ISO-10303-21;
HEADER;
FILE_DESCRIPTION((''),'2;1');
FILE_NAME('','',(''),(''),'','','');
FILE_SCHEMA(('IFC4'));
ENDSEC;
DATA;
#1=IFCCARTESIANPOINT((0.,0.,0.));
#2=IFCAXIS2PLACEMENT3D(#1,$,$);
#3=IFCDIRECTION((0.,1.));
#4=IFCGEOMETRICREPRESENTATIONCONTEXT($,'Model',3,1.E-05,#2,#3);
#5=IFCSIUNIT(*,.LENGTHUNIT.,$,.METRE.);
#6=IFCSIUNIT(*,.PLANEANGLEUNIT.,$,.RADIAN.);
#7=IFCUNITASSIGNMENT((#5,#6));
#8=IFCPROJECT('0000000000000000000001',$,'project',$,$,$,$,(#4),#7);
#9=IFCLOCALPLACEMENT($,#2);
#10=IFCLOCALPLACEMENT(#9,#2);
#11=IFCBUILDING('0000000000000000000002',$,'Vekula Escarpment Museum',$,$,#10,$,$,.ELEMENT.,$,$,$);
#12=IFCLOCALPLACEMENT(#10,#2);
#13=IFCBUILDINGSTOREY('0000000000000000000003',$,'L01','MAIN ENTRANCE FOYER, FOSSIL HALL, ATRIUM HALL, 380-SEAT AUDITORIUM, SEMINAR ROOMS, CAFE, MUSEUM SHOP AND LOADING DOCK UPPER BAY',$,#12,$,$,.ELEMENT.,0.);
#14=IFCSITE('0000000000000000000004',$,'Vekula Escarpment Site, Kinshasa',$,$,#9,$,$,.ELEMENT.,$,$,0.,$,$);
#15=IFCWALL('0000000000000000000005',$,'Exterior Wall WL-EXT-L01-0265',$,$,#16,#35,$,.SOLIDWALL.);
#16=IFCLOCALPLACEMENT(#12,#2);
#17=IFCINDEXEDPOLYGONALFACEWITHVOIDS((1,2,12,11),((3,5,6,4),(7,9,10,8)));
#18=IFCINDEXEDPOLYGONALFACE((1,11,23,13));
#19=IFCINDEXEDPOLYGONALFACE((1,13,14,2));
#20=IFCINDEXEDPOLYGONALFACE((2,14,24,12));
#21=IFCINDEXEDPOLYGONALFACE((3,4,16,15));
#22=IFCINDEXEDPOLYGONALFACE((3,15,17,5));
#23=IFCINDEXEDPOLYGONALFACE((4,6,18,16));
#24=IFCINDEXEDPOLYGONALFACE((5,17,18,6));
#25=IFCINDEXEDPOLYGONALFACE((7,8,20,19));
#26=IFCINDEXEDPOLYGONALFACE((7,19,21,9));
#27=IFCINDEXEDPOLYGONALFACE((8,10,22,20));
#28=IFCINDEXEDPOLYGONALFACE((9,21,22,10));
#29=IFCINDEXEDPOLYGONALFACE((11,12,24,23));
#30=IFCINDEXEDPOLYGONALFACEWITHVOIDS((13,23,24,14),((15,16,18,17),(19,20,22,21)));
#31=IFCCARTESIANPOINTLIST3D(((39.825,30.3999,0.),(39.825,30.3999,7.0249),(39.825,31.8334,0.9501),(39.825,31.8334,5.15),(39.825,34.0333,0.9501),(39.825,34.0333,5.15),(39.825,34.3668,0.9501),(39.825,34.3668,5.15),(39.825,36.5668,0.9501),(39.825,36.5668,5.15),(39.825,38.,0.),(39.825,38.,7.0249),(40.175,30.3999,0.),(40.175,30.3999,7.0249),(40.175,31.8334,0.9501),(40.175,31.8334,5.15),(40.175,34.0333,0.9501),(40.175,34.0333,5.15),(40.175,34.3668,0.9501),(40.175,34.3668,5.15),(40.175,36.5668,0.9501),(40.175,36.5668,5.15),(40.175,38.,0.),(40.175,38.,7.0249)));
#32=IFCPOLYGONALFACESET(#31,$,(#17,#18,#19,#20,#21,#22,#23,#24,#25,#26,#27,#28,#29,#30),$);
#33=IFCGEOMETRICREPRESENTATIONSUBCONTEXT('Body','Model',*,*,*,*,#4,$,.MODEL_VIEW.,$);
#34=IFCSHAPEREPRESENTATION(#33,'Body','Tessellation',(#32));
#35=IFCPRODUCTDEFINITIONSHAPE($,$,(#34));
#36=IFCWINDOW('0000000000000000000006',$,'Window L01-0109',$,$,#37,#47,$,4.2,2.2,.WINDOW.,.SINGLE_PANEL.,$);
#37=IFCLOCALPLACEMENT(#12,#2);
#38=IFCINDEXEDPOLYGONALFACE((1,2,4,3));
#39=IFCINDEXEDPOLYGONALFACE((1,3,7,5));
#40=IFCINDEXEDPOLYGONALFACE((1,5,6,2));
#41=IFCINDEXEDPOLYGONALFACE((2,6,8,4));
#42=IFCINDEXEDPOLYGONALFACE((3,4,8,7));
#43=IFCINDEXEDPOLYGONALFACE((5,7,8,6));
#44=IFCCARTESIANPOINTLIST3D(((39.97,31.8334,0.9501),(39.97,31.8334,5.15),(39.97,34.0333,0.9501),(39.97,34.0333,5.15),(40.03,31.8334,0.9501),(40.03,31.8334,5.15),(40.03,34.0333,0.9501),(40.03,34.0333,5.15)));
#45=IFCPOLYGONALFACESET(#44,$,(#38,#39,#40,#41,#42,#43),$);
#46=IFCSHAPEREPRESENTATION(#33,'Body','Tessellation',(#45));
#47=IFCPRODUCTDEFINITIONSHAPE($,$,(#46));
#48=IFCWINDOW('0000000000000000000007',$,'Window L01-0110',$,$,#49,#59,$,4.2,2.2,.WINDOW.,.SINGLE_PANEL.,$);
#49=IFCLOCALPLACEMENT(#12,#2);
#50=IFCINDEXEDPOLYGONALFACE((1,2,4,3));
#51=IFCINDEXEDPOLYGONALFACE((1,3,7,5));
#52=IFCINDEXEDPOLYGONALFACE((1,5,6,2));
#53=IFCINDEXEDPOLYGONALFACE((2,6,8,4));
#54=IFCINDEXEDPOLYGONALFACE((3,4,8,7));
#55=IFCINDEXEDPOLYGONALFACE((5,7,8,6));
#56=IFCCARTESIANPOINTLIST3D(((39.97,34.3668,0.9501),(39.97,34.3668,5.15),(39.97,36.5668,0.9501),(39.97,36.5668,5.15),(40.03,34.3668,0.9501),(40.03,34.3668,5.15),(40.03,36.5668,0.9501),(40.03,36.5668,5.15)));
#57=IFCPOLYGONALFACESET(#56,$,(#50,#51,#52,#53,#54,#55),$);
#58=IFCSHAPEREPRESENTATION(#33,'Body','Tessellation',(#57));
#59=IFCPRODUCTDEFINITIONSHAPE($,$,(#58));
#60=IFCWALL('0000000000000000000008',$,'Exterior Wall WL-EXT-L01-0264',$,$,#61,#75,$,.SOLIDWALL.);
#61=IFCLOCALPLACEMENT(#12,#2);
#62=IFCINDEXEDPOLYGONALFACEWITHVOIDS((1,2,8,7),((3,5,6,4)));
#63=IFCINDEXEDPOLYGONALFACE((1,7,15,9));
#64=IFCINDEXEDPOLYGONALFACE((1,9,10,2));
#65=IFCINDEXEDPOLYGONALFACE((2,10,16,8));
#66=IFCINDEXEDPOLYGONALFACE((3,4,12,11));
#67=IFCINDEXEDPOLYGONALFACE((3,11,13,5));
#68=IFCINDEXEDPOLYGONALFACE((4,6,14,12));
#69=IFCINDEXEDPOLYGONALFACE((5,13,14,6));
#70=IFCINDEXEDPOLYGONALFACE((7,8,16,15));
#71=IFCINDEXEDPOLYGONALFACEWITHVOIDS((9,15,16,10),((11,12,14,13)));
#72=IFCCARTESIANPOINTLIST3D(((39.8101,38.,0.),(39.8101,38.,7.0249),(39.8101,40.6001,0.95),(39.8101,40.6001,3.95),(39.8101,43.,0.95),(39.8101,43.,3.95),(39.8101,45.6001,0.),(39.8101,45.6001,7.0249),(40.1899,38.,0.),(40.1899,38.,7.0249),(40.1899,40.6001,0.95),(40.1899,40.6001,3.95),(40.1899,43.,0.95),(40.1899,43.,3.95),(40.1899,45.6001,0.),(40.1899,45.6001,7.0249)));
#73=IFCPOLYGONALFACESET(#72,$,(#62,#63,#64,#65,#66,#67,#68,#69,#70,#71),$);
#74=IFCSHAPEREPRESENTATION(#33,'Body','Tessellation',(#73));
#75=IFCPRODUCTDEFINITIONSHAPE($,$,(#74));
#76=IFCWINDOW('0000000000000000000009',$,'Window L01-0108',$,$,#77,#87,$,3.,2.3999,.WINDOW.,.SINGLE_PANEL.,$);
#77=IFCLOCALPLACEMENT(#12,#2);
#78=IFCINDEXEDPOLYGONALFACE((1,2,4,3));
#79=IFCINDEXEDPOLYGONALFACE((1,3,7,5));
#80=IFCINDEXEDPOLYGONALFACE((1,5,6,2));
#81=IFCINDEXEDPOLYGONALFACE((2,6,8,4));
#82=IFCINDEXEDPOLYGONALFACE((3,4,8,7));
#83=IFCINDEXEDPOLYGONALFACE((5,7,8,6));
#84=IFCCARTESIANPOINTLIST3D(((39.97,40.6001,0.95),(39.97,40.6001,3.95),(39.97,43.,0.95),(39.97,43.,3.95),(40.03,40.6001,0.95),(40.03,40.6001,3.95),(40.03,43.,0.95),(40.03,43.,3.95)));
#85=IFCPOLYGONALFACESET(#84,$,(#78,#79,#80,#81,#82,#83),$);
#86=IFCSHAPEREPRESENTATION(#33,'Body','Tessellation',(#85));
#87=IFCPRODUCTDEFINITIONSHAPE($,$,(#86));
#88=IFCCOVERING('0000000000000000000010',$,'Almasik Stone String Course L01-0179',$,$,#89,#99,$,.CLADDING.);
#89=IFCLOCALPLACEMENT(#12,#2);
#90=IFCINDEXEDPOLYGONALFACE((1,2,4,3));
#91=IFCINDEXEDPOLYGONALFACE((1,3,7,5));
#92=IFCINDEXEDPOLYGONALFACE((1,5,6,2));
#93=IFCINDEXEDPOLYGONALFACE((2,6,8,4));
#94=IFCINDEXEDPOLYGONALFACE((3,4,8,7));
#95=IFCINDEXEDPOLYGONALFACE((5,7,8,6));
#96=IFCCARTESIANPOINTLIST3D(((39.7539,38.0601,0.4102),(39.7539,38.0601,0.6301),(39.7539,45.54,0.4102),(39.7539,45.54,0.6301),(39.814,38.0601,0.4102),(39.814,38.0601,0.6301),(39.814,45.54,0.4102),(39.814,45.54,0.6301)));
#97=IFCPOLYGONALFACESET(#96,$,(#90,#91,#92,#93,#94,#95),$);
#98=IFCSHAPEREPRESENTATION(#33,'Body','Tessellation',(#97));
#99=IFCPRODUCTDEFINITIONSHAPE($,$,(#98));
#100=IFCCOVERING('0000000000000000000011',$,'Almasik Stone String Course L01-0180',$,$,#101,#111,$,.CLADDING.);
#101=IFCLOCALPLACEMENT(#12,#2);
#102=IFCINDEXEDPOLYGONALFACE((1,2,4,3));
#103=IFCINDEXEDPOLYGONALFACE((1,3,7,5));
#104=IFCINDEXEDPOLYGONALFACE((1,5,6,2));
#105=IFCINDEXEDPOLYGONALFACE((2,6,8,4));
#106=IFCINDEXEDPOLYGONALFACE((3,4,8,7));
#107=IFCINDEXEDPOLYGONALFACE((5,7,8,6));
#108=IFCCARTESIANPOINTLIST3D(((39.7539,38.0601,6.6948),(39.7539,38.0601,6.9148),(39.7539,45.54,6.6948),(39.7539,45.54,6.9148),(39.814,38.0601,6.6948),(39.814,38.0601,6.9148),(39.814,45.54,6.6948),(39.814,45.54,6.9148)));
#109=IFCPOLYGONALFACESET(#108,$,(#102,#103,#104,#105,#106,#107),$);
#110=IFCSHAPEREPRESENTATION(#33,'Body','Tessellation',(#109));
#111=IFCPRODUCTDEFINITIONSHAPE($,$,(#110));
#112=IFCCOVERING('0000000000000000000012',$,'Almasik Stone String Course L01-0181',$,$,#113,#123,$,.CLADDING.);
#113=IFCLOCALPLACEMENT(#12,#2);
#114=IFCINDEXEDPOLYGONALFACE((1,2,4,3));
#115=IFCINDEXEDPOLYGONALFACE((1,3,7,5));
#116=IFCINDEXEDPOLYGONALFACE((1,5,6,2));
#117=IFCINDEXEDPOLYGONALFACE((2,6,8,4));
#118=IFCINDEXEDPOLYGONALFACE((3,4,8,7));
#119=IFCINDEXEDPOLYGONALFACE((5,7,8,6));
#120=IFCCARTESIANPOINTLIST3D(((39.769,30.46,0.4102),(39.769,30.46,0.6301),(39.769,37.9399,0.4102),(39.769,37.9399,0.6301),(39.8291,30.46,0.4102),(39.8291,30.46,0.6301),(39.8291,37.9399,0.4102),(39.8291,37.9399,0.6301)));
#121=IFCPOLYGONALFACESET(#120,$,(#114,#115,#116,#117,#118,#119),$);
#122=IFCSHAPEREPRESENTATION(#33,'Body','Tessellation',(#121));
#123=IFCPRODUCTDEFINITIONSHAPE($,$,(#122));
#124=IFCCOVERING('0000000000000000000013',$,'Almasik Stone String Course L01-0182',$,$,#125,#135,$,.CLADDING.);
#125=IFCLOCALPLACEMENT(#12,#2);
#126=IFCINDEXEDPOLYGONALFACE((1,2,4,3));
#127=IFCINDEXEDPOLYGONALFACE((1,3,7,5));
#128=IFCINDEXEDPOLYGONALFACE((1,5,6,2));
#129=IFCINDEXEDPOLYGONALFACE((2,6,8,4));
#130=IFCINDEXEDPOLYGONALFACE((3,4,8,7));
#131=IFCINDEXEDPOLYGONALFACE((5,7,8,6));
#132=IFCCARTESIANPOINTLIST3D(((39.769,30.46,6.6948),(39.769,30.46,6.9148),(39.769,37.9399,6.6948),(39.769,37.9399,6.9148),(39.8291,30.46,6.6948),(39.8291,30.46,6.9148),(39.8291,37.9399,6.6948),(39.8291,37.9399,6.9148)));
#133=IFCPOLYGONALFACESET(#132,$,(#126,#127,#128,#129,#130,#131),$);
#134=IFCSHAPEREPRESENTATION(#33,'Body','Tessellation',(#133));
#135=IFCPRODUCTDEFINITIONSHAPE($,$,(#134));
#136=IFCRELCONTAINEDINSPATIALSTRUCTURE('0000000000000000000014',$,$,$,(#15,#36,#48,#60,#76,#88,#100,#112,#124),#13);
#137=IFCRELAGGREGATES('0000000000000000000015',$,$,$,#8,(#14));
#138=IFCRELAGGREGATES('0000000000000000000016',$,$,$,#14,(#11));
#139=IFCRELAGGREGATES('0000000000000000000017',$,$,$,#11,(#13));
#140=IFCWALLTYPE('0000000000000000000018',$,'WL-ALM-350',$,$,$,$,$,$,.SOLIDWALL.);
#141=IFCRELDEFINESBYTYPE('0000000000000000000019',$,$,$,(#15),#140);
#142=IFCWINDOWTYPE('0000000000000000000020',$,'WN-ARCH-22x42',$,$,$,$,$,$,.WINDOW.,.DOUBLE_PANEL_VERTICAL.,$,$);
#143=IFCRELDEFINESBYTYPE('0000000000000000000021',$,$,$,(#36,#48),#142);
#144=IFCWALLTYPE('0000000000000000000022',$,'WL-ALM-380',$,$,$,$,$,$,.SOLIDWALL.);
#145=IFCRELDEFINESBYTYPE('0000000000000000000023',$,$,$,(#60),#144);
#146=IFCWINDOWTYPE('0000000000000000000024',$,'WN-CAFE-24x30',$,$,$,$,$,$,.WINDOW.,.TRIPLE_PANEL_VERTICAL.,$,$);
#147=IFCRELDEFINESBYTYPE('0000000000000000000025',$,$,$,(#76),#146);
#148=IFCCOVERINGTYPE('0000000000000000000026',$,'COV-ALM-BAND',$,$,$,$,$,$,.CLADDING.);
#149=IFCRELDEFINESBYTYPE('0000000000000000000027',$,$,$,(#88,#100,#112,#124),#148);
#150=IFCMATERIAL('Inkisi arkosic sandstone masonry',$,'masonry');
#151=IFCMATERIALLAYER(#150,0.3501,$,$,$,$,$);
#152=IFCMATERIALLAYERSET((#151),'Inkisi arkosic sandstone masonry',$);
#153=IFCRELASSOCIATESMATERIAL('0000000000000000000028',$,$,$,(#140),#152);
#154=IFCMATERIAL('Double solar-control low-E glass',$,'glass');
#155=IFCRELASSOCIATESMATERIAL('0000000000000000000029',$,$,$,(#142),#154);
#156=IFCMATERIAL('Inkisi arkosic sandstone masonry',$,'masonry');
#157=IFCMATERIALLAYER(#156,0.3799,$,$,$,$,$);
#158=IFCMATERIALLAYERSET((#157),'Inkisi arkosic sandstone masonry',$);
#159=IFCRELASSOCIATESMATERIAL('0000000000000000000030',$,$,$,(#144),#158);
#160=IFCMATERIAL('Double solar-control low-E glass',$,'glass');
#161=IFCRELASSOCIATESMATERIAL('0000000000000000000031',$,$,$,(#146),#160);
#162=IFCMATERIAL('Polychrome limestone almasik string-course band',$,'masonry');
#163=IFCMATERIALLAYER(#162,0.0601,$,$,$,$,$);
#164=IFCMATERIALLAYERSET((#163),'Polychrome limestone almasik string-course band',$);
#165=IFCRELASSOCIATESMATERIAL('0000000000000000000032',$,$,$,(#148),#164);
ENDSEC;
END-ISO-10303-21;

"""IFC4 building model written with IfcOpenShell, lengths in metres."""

from ifc_helpers import new_model, si_unit, direction, frame, frame_2d, origin, origin_2d, place, context, subcontext, project, spatial, rectangle, extrude, material, layer, layer_set, type_object, element, fill, save


model = new_model("IFC4")

# Units and contexts
model_context = context("Model", 3, precision=1e-05, world=origin(), true_north=direction((0.0, 1.0)))
body_context = subcontext(model_context, "Body", "Model", "MODEL_VIEW")
ifc_project = project(units=[si_unit("LENGTHUNIT", "METRE"), si_unit("PLANEANGLEUNIT", "RADIAN")], contexts=[model_context])

# Site, building, storey
site_placement = place(None, origin())
site = spatial("IfcSite", under=ifc_project, at=site_placement, Name="Vekula Escarpment Site, Kinshasa", CompositionType="ELEMENT", RefElevation=0.0)
building_placement = place(site_placement, origin())
building = spatial("IfcBuilding", under=site, at=building_placement, Name="Vekula Escarpment Museum", CompositionType="ELEMENT")
storey_placement = place(building_placement, origin())
storey = spatial("IfcBuildingStorey", under=building, at=storey_placement, Name="L01", Description="MAIN ENTRANCE FOYER, FOSSIL HALL, ATRIUM HALL, 380-SEAT AUDITORIUM, SEMINAR ROOMS, CAFE, MUSEUM SHOP AND LOADING DOCK UPPER BAY", CompositionType="ELEMENT", Elevation=0.0)

# Wall, openings, windows
ifc_material_1 = material(Name="Inkisi arkosic sandstone masonry", Category="masonry")
ifc_layer_1 = layer(ifc_material_1, 0.3501)
ifc_layer_set_1 = layer_set([ifc_layer_1], Name="Inkisi arkosic sandstone masonry")
wall_type_1 = type_object("IfcWallType", Name="WL-ALM-350", PredefinedType="SOLIDWALL", material=ifc_layer_set_1)
wall_1_placement = place(storey_placement, frame((40.0, 30.3999, 0.0), z_axis=(0.0, 0.0, 1.0), x_axis=(0.0, 1.0, 0.0)))
wall_1 = element("IfcWall", 1, at=wall_1_placement, inside=storey, type_object=wall_type_1, Name="Exterior Wall WL-EXT-L01-0265", PredefinedType="SOLIDWALL", context=body_context, shape_type="SweptSolid", body=[
    extrude(rectangle(XDim=7.6001, YDim=0.3501, at=frame_2d((3.8, 0.0))), origin(), (0.0, 0.0, 1.0), 7.0249),
])
opening_1_placement = place(wall_1_placement, frame((1.4333, 0.0, 0.95)))
opening_1 = element("IfcOpeningElement", 2, at=opening_1_placement, cuts=wall_1, PredefinedType="OPENING", context=body_context, shape_type="SweptSolid", body=[
    extrude(rectangle(XDim=2.2, YDim=4.2, at=frame_2d((1.1001, 2.1001))), frame((0.0, 0.1851, 0.0), z_axis=(0.0, -1.0, 0.0), x_axis=(1.0, 0.0, 0.0)), (0.0, 0.0, 1.0), 0.3701),
])
opening_2_placement = place(wall_1_placement, frame((3.9668, 0.0, 0.95)))
opening_2 = element("IfcOpeningElement", 3, at=opening_2_placement, cuts=wall_1, PredefinedType="OPENING", context=body_context, shape_type="SweptSolid", body=[
    extrude(rectangle(XDim=2.2, YDim=4.2, at=frame_2d((1.1001, 2.1001))), frame((0.0, 0.1851, 0.0), z_axis=(0.0, -1.0, 0.0), x_axis=(1.0, 0.0, 0.0)), (0.0, 0.0, 1.0), 0.3701),
])
ifc_material_2 = material(Name="Double solar-control low-E glass", Category="glass")
window_type_1 = type_object("IfcWindowType", Name="WN-ARCH-22x42", PartitioningType="DOUBLE_PANEL_VERTICAL", PredefinedType="WINDOW", material=ifc_material_2)
window_1_placement = place(opening_1_placement, origin())
window_1 = element("IfcWindow", 4, at=window_1_placement, inside=storey, type_object=window_type_1, Name="Window L01-0109", OverallHeight=4.2, OverallWidth=2.2, PartitioningType="SINGLE_PANEL", PredefinedType="WINDOW", context=body_context, shape_type="SweptSolid", body=[
    extrude(rectangle(XDim=2.2, YDim=4.2, at=frame_2d((1.1001, 2.1001))), frame((0.0, 0.03, 0.0), z_axis=(0.0, -1.0, 0.0), x_axis=(1.0, 0.0, 0.0)), (0.0, 0.0, 1.0), 0.0601),
])
fill(opening_1, window_1)
window_2_placement = place(opening_2_placement, origin())
window_2 = element("IfcWindow", 5, at=window_2_placement, inside=storey, type_object=window_type_1, Name="Window L01-0110", OverallHeight=4.2, OverallWidth=2.2, PartitioningType="SINGLE_PANEL", PredefinedType="WINDOW", context=body_context, shape_type="SweptSolid", body=[
    extrude(rectangle(XDim=2.2, YDim=4.2, at=frame_2d((1.1001, 2.1001))), frame((0.0, 0.03, 0.0), z_axis=(0.0, -1.0, 0.0), x_axis=(1.0, 0.0, 0.0)), (0.0, 0.0, 1.0), 0.0601),
])
fill(opening_2, window_2)

# Wall, opening, window
ifc_material_3 = material(Name="Inkisi arkosic sandstone masonry", Category="masonry")
ifc_layer_2 = layer(ifc_material_3, 0.3799)
ifc_layer_set_2 = layer_set([ifc_layer_2], Name="Inkisi arkosic sandstone masonry")
wall_type_2 = type_object("IfcWallType", Name="WL-ALM-380", PredefinedType="SOLIDWALL", material=ifc_layer_set_2)
wall_2_placement = place(storey_placement, frame((40.0, 38.0, 0.0), z_axis=(0.0, 0.0, 1.0), x_axis=(0.0, 1.0, 0.0)))
wall_2 = element("IfcWall", 6, at=wall_2_placement, inside=storey, type_object=wall_type_2, Name="Exterior Wall WL-EXT-L01-0264", PredefinedType="SOLIDWALL", context=body_context, shape_type="SweptSolid", body=[
    extrude(rectangle(XDim=7.6001, YDim=0.3799, at=frame_2d((3.8, 0.0))), origin(), (0.0, 0.0, 1.0), 7.0249),
])
opening_3_placement = place(wall_2_placement, frame((2.6001, 0.0, 0.95)))
opening_3 = element("IfcOpeningElement", 7, at=opening_3_placement, cuts=wall_2, PredefinedType="OPENING", context=body_context, shape_type="SweptSolid", body=[
    extrude(rectangle(XDim=2.3999, YDim=3.0, at=frame_2d((1.2, 1.5))), frame((0.0, 0.2, 0.0), z_axis=(0.0, -1.0, 0.0), x_axis=(1.0, 0.0, 0.0)), (0.0, 0.0, 1.0), 0.3999),
])
ifc_material_4 = material(Name="Double solar-control low-E glass", Category="glass")
window_type_2 = type_object("IfcWindowType", Name="WN-CAFE-24x30", PartitioningType="TRIPLE_PANEL_VERTICAL", PredefinedType="WINDOW", material=ifc_material_4)
window_3_placement = place(opening_3_placement, origin())
window_3 = element("IfcWindow", 8, at=window_3_placement, inside=storey, type_object=window_type_2, Name="Window L01-0108", OverallHeight=3.0, OverallWidth=2.3999, PartitioningType="SINGLE_PANEL", PredefinedType="WINDOW", context=body_context, shape_type="SweptSolid", body=[
    extrude(rectangle(XDim=2.3999, YDim=3.0, at=frame_2d((1.2, 1.5))), frame((0.0, 0.03, 0.0), z_axis=(0.0, -1.0, 0.0), x_axis=(1.0, 0.0, 0.0)), (0.0, 0.0, 1.0), 0.0601),
])
fill(opening_3, window_3)

# Coverings
ifc_material_5 = material(Name="Polychrome limestone almasik string-course band", Category="masonry")
ifc_layer_3 = layer(ifc_material_5, 0.0601)
ifc_layer_set_3 = layer_set([ifc_layer_3], Name="Polychrome limestone almasik string-course band")
covering_type = type_object("IfcCoveringType", Name="COV-ALM-BAND", PredefinedType="CLADDING", material=ifc_layer_set_3)
for number, where, z_axis, x_axis, name in (
    (9, (39.7839, 41.8, 0.4102), (0.0, 0.0, 1.0), (0.0, 1.0, 0.0), "Almasik Stone String Course L01-0179"),
    (10, (39.7839, 41.8, 6.6948), (0.0, 0.0, 1.0), (0.0, 1.0, 0.0), "Almasik Stone String Course L01-0180"),
    (11, (39.7991, 34.2, 0.4102), (0.0, 0.0, 1.0), (0.0, 1.0, 0.0), "Almasik Stone String Course L01-0181"),
    (12, (39.7991, 34.2, 6.6948), (0.0, 0.0, 1.0), (0.0, 1.0, 0.0), "Almasik Stone String Course L01-0182"),
):
    element("IfcCovering", number, at=place(storey_placement, frame(where, z_axis=z_axis, x_axis=x_axis)), inside=storey, type_object=covering_type, Name=name, PredefinedType="CLADDING", context=body_context, shape_type="SweptSolid", body=[
        extrude(rectangle(XDim=7.48, YDim=0.0601, at=origin_2d()), origin(), (0.0, 0.0, 1.0), 0.22),
    ])

save(model, "model.ifc")
